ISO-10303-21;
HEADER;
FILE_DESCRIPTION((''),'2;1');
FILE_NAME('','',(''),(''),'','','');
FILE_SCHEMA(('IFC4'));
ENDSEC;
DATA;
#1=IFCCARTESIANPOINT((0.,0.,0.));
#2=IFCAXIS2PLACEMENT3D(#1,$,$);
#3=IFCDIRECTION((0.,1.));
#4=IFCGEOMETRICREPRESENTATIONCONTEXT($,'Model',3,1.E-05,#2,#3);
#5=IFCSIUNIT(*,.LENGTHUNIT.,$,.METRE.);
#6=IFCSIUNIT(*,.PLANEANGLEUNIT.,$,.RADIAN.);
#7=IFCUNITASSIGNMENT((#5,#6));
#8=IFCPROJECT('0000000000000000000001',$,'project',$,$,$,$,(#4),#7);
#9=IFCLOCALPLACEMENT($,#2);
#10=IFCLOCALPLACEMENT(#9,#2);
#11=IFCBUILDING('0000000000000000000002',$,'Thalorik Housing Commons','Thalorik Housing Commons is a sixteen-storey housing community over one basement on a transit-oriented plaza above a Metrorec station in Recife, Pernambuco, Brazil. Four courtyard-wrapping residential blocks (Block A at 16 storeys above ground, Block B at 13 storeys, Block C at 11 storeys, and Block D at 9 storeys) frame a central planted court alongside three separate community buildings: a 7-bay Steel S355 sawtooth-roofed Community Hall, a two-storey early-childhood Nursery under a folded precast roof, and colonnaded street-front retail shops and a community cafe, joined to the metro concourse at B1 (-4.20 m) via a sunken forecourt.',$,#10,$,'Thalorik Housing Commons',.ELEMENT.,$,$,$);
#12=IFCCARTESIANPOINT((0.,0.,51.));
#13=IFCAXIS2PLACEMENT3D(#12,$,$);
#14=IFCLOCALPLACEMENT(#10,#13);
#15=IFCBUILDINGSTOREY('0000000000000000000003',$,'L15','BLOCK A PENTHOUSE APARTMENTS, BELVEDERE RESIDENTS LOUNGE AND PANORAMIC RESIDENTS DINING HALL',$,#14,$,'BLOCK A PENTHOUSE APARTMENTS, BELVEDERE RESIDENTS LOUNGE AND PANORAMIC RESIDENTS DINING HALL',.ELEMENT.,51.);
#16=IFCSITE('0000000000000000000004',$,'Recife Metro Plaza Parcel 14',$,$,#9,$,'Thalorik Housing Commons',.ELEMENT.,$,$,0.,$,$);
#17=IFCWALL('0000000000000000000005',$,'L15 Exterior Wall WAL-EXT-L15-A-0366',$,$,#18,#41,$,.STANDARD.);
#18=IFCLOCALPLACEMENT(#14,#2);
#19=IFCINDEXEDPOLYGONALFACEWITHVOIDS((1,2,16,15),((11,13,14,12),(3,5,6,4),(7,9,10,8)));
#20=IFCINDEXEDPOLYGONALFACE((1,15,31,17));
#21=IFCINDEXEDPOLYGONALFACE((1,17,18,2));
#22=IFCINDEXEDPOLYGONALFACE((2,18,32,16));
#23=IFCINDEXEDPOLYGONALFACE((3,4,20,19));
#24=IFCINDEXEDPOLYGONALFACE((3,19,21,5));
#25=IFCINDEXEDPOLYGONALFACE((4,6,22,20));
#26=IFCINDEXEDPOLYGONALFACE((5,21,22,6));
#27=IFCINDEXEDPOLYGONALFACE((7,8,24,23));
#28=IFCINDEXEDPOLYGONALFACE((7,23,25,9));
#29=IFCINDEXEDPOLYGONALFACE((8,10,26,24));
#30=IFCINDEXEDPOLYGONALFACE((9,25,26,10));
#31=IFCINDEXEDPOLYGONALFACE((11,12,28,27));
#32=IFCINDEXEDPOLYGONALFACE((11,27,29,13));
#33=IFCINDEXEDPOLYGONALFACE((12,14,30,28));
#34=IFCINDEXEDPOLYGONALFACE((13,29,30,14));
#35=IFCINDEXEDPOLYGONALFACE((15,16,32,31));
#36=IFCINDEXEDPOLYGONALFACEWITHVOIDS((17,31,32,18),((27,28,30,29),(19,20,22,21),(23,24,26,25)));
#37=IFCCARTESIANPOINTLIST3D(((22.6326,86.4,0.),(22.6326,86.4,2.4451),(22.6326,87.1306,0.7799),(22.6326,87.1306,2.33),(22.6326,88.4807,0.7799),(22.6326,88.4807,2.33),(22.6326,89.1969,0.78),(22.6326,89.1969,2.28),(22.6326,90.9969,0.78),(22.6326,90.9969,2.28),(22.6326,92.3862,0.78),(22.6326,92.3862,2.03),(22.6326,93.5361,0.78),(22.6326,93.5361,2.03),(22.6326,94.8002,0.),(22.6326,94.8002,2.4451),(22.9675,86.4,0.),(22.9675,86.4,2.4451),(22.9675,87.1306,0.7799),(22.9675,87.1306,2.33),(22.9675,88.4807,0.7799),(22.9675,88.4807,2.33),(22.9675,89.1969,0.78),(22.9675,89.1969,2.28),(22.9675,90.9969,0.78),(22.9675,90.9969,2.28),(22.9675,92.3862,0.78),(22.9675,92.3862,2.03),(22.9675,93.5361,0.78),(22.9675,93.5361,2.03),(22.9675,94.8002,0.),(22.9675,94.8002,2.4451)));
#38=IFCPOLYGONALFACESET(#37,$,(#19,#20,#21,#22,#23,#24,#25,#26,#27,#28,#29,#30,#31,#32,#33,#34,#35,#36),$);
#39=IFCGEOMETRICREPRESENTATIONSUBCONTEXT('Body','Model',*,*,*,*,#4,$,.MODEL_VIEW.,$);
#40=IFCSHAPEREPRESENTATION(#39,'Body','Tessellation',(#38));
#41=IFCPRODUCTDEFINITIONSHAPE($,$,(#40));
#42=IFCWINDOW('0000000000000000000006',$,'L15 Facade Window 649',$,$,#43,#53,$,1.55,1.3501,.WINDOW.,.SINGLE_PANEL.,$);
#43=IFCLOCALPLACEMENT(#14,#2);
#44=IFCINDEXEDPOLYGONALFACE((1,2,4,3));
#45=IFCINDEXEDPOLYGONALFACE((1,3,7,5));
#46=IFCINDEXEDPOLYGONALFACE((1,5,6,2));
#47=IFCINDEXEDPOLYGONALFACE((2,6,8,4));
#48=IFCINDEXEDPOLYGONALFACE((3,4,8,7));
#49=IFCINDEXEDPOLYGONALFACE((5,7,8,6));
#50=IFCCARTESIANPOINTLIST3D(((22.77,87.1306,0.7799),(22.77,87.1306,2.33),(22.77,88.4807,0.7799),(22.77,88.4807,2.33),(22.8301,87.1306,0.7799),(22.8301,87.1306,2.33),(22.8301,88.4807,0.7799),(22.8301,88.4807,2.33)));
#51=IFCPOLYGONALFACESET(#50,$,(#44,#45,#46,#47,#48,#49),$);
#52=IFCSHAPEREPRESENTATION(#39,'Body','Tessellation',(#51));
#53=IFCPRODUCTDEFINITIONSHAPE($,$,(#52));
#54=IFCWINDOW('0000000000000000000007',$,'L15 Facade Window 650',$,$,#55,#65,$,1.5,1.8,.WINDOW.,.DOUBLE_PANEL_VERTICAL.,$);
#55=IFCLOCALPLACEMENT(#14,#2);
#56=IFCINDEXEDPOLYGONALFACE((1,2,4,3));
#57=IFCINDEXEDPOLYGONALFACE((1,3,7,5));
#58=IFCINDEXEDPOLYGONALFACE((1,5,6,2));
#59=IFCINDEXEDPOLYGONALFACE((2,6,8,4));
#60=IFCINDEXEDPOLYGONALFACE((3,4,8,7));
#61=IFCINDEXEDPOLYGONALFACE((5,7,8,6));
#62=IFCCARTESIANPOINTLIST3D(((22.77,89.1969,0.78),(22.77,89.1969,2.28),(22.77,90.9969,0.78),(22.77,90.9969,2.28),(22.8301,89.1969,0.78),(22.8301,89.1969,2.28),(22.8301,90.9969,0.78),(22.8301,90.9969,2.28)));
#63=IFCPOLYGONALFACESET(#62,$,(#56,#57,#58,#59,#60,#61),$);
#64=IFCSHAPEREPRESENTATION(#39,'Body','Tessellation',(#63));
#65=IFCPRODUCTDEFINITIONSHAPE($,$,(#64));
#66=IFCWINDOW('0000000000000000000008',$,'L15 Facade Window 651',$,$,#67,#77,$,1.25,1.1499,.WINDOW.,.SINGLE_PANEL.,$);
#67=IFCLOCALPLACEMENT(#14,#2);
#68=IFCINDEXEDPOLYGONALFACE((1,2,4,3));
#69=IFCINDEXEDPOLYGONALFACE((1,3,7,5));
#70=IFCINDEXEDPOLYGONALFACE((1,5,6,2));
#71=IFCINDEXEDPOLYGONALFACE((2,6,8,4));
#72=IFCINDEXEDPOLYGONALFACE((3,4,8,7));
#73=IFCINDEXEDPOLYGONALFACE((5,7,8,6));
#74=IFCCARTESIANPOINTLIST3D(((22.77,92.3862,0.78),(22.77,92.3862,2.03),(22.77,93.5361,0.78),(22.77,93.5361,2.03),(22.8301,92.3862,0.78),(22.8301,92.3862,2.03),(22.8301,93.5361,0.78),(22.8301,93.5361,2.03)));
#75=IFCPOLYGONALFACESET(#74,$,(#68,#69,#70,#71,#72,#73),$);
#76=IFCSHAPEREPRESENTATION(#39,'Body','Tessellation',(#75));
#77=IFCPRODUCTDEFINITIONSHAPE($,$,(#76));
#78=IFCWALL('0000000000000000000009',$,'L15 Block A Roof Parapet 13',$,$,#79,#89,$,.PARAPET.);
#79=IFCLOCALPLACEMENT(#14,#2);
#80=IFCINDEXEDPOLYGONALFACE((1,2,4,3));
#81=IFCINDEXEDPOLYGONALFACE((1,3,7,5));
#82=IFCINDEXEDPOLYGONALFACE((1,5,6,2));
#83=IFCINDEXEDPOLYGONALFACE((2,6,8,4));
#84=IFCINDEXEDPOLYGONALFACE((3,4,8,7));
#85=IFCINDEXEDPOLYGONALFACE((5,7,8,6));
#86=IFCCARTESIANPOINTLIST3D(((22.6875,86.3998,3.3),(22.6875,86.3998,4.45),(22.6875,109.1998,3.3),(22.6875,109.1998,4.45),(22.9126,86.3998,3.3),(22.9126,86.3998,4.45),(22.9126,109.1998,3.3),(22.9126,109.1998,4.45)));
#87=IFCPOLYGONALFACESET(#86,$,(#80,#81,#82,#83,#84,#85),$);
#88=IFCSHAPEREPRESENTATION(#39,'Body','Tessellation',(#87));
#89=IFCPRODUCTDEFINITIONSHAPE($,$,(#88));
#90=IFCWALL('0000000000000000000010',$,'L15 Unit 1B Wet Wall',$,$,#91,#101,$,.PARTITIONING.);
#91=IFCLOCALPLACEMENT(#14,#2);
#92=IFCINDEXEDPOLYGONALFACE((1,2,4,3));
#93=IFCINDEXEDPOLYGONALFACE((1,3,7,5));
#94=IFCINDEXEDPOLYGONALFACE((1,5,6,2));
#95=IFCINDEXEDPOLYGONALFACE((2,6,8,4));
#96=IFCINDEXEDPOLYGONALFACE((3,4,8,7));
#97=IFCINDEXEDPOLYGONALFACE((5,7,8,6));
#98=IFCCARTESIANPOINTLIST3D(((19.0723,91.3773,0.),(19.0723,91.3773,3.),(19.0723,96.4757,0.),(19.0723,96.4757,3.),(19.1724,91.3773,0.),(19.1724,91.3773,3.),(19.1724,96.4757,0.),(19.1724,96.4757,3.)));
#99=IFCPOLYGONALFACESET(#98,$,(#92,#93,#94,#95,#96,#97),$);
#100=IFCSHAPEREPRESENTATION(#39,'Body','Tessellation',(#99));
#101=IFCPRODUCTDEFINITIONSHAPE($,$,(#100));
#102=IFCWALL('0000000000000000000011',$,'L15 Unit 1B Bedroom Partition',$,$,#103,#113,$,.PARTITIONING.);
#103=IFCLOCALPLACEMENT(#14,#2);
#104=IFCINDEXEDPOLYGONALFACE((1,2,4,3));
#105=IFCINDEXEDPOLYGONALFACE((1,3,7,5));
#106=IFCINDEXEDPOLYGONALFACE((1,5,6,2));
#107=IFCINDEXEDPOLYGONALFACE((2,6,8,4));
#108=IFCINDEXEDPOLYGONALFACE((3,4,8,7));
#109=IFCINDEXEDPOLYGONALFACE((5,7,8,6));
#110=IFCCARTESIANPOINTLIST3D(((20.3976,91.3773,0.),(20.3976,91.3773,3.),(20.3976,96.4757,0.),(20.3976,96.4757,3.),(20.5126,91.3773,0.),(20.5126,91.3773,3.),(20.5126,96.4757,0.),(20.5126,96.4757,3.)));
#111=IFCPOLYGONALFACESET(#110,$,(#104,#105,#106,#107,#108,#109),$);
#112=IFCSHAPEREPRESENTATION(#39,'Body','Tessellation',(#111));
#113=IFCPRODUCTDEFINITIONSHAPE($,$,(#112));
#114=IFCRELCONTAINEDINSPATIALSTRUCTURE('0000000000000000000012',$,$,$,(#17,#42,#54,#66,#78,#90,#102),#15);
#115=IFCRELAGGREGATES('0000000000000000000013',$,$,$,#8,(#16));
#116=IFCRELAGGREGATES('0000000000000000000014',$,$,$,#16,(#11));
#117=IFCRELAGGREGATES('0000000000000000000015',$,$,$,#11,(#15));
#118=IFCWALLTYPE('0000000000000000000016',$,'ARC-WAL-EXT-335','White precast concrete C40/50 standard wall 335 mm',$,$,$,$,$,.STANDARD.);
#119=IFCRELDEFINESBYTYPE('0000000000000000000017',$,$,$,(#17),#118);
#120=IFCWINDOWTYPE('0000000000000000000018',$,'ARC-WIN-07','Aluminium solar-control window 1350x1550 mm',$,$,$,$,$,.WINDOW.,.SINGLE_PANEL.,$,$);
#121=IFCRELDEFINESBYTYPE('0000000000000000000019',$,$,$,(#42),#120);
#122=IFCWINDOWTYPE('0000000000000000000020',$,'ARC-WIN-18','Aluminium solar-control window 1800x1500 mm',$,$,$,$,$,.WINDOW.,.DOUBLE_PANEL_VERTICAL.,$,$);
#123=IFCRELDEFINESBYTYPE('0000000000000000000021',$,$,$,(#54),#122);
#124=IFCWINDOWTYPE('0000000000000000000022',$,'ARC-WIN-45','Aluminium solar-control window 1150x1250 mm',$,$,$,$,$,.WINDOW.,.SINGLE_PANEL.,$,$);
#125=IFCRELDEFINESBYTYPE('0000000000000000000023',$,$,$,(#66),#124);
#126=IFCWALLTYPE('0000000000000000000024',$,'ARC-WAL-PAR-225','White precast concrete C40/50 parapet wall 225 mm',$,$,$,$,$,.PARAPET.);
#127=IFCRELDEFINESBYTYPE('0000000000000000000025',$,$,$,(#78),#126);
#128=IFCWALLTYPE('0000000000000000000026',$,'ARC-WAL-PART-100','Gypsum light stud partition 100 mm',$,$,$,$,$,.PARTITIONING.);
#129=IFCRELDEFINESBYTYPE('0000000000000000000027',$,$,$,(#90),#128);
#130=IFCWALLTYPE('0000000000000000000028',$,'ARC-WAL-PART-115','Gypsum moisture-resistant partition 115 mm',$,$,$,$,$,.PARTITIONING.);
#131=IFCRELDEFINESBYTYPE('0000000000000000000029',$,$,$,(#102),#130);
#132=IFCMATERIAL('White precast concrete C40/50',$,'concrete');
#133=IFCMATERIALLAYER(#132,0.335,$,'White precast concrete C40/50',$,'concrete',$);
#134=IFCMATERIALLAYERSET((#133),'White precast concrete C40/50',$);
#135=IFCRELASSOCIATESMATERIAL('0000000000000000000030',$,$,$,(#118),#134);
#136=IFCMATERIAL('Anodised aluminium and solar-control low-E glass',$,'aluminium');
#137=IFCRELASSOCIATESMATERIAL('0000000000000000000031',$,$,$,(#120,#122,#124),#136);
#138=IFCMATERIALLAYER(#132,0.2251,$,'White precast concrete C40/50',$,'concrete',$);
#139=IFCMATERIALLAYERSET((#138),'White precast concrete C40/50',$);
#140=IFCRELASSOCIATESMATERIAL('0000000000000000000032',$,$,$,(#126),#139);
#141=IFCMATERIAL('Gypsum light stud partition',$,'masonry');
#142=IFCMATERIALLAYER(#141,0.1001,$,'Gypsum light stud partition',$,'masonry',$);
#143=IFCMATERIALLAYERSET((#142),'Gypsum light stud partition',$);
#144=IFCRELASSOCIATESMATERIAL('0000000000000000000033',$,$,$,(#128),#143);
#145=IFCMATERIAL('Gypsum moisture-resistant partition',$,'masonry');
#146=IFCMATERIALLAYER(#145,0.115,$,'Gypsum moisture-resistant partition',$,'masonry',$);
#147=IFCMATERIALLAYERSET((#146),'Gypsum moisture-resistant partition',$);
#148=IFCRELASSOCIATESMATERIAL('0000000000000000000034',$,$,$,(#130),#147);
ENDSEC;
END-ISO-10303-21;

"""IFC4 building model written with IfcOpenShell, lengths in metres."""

from ifc_helpers import new_model, si_unit, direction, frame, frame_2d, origin, place, context, subcontext, project, spatial, rectangle, extrude, material, layer, layer_set, type_object, element, fill, save


model = new_model("IFC4")

# Units and contexts
model_context = context("Model", 3, precision=1e-05, world=origin(), true_north=direction((0.0, 1.0)))
body_context = subcontext(model_context, "Body", "Model", "MODEL_VIEW")
ifc_project = project(units=[si_unit("LENGTHUNIT", "METRE"), si_unit("PLANEANGLEUNIT", "RADIAN")], contexts=[model_context])

# Site, building, storey
site_placement = place(None, origin())
site = spatial("IfcSite", under=ifc_project, at=site_placement, Name="Recife Metro Plaza Parcel 14", LongName="Thalorik Housing Commons", CompositionType="ELEMENT", RefElevation=0.0)
building_placement = place(site_placement, origin())
building = spatial("IfcBuilding", under=site, at=building_placement, Name="Thalorik Housing Commons", Description="Thalorik Housing Commons is a sixteen-storey housing community over one basement on a transit-oriented plaza above a Metrorec station in Recife, Pernambuco, Brazil. Four courtyard-wrapping residential blocks (Block A at 16 storeys above ground, Block B at 13 storeys, Block C at 11 storeys, and Block D at 9 storeys) frame a central planted court alongside three separate community buildings: a 7-bay Steel S355 sawtooth-roofed Community Hall, a two-storey early-childhood Nursery under a folded precast roof, and colonnaded street-front retail shops and a community cafe, joined to the metro concourse at B1 (-4.20 m) via a sunken forecourt.", LongName="Thalorik Housing Commons", CompositionType="ELEMENT")
storey_placement = place(building_placement, frame((0.0, 0.0, 51.0)))
storey = spatial("IfcBuildingStorey", under=building, at=storey_placement, Name="L15", Description="BLOCK A PENTHOUSE APARTMENTS, BELVEDERE RESIDENTS LOUNGE AND PANORAMIC RESIDENTS DINING HALL", LongName="BLOCK A PENTHOUSE APARTMENTS, BELVEDERE RESIDENTS LOUNGE AND PANORAMIC RESIDENTS DINING HALL", CompositionType="ELEMENT", Elevation=51.0)

# Shared definitions
ifc_material_1 = material(Name="Anodised aluminium and solar-control low-E glass", Category="aluminium")

# Shared definitions
ifc_material_2 = material(Name="White precast concrete C40/50", Category="concrete")
ifc_layer_1 = layer(ifc_material_2, 0.335, Name="White precast concrete C40/50", Category="concrete")
ifc_layer_set_1 = layer_set([ifc_layer_1], Name="White precast concrete C40/50")
wall_type_1 = type_object("IfcWallType", Name="ARC-WAL-EXT-335", Description="White precast concrete C40/50 standard wall 335 mm", PredefinedType="STANDARD", material=ifc_layer_set_1)

# Wall, openings, windows
wall_1_placement = place(storey_placement, frame((22.8, 86.3999, 0.0), z_axis=(0.0, 0.0, 1.0), x_axis=(0.0, 1.0, 0.0)))
wall_1 = element("IfcWall", 1, at=wall_1_placement, inside=storey, type_object=wall_type_1, Name="L15 Exterior Wall WAL-EXT-L15-A-0366", PredefinedType="STANDARD", context=body_context, shape_type="SweptSolid", body=[
    extrude(rectangle(XDim=8.4001, YDim=0.335, at=frame_2d((4.2002, 0.0))), origin(), (0.0, 0.0, 1.0), 2.4451),
])
opening_1_placement = place(wall_1_placement, frame((0.7307, 0.0, 0.78)))
opening_1 = element("IfcOpeningElement", 2, at=opening_1_placement, cuts=wall_1, PredefinedType="OPENING", context=body_context, shape_type="SweptSolid", body=[
    extrude(rectangle(XDim=1.3501, YDim=1.55, at=frame_2d((0.675, 0.7749))), frame((0.0, 0.1775, 0.0), z_axis=(0.0, -1.0, 0.0), x_axis=(1.0, 0.0, 0.0)), (0.0, 0.0, 1.0), 0.355),
])
opening_2_placement = place(wall_1_placement, frame((2.7971, 0.0, 0.78)))
opening_2 = element("IfcOpeningElement", 3, at=opening_2_placement, cuts=wall_1, PredefinedType="OPENING", context=body_context, shape_type="SweptSolid", body=[
    extrude(rectangle(XDim=1.8, YDim=1.5, at=frame_2d((0.8999, 0.75))), frame((0.0, 0.1775, 0.0), z_axis=(0.0, -1.0, 0.0), x_axis=(1.0, 0.0, 0.0)), (0.0, 0.0, 1.0), 0.355),
])
opening_3_placement = place(wall_1_placement, frame((5.9863, 0.0, 0.78)))
opening_3 = element("IfcOpeningElement", 4, at=opening_3_placement, cuts=wall_1, PredefinedType="OPENING", context=body_context, shape_type="SweptSolid", body=[
    extrude(rectangle(XDim=1.1499, YDim=1.25, at=frame_2d((0.575, 0.625))), frame((0.0, 0.1775, 0.0), z_axis=(0.0, -1.0, 0.0), x_axis=(1.0, 0.0, 0.0)), (0.0, 0.0, 1.0), 0.355),
])
window_type_1 = type_object("IfcWindowType", Name="ARC-WIN-07", Description="Aluminium solar-control window 1350x1550 mm", PartitioningType="SINGLE_PANEL", PredefinedType="WINDOW", material=ifc_material_1)
window_1_placement = place(opening_1_placement, origin())
window_1 = element("IfcWindow", 5, at=window_1_placement, inside=storey, type_object=window_type_1, Name="L15 Facade Window 649", OverallHeight=1.55, OverallWidth=1.3501, PartitioningType="SINGLE_PANEL", PredefinedType="WINDOW", context=body_context, shape_type="SweptSolid", body=[
    extrude(rectangle(XDim=1.3501, YDim=1.55, at=frame_2d((0.675, 0.7749))), frame((0.0, 0.03, 0.0), z_axis=(0.0, -1.0, 0.0), x_axis=(1.0, 0.0, 0.0)), (0.0, 0.0, 1.0), 0.0601),
])
fill(opening_1, window_1)
window_type_2 = type_object("IfcWindowType", Name="ARC-WIN-18", Description="Aluminium solar-control window 1800x1500 mm", PartitioningType="DOUBLE_PANEL_VERTICAL", PredefinedType="WINDOW", material=ifc_material_1)
window_2_placement = place(opening_2_placement, origin())
window_2 = element("IfcWindow", 6, at=window_2_placement, inside=storey, type_object=window_type_2, Name="L15 Facade Window 650", OverallHeight=1.5, OverallWidth=1.8, PartitioningType="DOUBLE_PANEL_VERTICAL", PredefinedType="WINDOW", context=body_context, shape_type="SweptSolid", body=[
    extrude(rectangle(XDim=1.8, YDim=1.5, at=frame_2d((0.8999, 0.75))), frame((0.0, 0.03, 0.0), z_axis=(0.0, -1.0, 0.0), x_axis=(1.0, 0.0, 0.0)), (0.0, 0.0, 1.0), 0.0601),
])
fill(opening_2, window_2)
window_type_3 = type_object("IfcWindowType", Name="ARC-WIN-45", Description="Aluminium solar-control window 1150x1250 mm", PartitioningType="SINGLE_PANEL", PredefinedType="WINDOW", material=ifc_material_1)
window_3_placement = place(opening_3_placement, origin())
window_3 = element("IfcWindow", 7, at=window_3_placement, inside=storey, type_object=window_type_3, Name="L15 Facade Window 651", OverallHeight=1.25, OverallWidth=1.1499, PartitioningType="SINGLE_PANEL", PredefinedType="WINDOW", context=body_context, shape_type="SweptSolid", body=[
    extrude(rectangle(XDim=1.1499, YDim=1.25, at=frame_2d((0.575, 0.625))), frame((0.0, 0.03, 0.0), z_axis=(0.0, -1.0, 0.0), x_axis=(1.0, 0.0, 0.0)), (0.0, 0.0, 1.0), 0.0601),
])
fill(opening_3, window_3)

# Walls
ifc_layer_2 = layer(ifc_material_2, 0.2251, Name="White precast concrete C40/50", Category="concrete")
ifc_layer_set_2 = layer_set([ifc_layer_2], Name="White precast concrete C40/50")
wall_type_2 = type_object("IfcWallType", Name="ARC-WAL-PAR-225", Description="White precast concrete C40/50 parapet wall 225 mm", PredefinedType="PARAPET", material=ifc_layer_set_2)
wall_2_placement = place(storey_placement, frame((22.8, 86.3999, 3.3), z_axis=(0.0, 0.0, 1.0), x_axis=(0.0, 1.0, 0.0)))
element("IfcWall", 8, at=wall_2_placement, inside=storey, type_object=wall_type_2, Name="L15 Block A Roof Parapet 13", PredefinedType="PARAPET", context=body_context, shape_type="SweptSolid", body=[
    extrude(rectangle(XDim=22.8, YDim=0.2251, at=frame_2d((11.3999, 0.0))), origin(), (0.0, 0.0, 1.0), 1.1499),
])
ifc_material_3 = material(Name="Gypsum light stud partition", Category="masonry")
ifc_layer_3 = layer(ifc_material_3, 0.1001, Name="Gypsum light stud partition", Category="masonry")
ifc_layer_set_3 = layer_set([ifc_layer_3], Name="Gypsum light stud partition")
wall_type_3 = type_object("IfcWallType", Name="ARC-WAL-PART-100", Description="Gypsum light stud partition 100 mm", PredefinedType="PARTITIONING", material=ifc_layer_set_3)
wall_3_placement = place(storey_placement, frame((19.1223, 91.3772, 0.0), z_axis=(0.0, 0.0, 1.0), x_axis=(0.0, 1.0, 0.0)))
element("IfcWall", 9, at=wall_3_placement, inside=storey, type_object=wall_type_3, Name="L15 Unit 1B Wet Wall", PredefinedType="PARTITIONING", context=body_context, shape_type="SweptSolid", body=[
    extrude(rectangle(XDim=5.0984, YDim=0.1001, at=frame_2d((2.5493, 0.0))), origin(), (0.0, 0.0, 1.0), 3.0),
])
ifc_material_4 = material(Name="Gypsum moisture-resistant partition", Category="masonry")
ifc_layer_4 = layer(ifc_material_4, 0.115, Name="Gypsum moisture-resistant partition", Category="masonry")
ifc_layer_set_4 = layer_set([ifc_layer_4], Name="Gypsum moisture-resistant partition")
wall_type_4 = type_object("IfcWallType", Name="ARC-WAL-PART-115", Description="Gypsum moisture-resistant partition 115 mm", PredefinedType="PARTITIONING", material=ifc_layer_set_4)
wall_4_placement = place(storey_placement, frame((20.4551, 91.3772, 0.0), z_axis=(0.0, 0.0, 1.0), x_axis=(0.0, 1.0, 0.0)))
element("IfcWall", 10, at=wall_4_placement, inside=storey, type_object=wall_type_4, Name="L15 Unit 1B Bedroom Partition", PredefinedType="PARTITIONING", context=body_context, shape_type="SweptSolid", body=[
    extrude(rectangle(XDim=5.0984, YDim=0.115, at=frame_2d((2.5493, 0.0))), origin(), (0.0, 0.0, 1.0), 3.0),
])

save(model, "model.ifc")
